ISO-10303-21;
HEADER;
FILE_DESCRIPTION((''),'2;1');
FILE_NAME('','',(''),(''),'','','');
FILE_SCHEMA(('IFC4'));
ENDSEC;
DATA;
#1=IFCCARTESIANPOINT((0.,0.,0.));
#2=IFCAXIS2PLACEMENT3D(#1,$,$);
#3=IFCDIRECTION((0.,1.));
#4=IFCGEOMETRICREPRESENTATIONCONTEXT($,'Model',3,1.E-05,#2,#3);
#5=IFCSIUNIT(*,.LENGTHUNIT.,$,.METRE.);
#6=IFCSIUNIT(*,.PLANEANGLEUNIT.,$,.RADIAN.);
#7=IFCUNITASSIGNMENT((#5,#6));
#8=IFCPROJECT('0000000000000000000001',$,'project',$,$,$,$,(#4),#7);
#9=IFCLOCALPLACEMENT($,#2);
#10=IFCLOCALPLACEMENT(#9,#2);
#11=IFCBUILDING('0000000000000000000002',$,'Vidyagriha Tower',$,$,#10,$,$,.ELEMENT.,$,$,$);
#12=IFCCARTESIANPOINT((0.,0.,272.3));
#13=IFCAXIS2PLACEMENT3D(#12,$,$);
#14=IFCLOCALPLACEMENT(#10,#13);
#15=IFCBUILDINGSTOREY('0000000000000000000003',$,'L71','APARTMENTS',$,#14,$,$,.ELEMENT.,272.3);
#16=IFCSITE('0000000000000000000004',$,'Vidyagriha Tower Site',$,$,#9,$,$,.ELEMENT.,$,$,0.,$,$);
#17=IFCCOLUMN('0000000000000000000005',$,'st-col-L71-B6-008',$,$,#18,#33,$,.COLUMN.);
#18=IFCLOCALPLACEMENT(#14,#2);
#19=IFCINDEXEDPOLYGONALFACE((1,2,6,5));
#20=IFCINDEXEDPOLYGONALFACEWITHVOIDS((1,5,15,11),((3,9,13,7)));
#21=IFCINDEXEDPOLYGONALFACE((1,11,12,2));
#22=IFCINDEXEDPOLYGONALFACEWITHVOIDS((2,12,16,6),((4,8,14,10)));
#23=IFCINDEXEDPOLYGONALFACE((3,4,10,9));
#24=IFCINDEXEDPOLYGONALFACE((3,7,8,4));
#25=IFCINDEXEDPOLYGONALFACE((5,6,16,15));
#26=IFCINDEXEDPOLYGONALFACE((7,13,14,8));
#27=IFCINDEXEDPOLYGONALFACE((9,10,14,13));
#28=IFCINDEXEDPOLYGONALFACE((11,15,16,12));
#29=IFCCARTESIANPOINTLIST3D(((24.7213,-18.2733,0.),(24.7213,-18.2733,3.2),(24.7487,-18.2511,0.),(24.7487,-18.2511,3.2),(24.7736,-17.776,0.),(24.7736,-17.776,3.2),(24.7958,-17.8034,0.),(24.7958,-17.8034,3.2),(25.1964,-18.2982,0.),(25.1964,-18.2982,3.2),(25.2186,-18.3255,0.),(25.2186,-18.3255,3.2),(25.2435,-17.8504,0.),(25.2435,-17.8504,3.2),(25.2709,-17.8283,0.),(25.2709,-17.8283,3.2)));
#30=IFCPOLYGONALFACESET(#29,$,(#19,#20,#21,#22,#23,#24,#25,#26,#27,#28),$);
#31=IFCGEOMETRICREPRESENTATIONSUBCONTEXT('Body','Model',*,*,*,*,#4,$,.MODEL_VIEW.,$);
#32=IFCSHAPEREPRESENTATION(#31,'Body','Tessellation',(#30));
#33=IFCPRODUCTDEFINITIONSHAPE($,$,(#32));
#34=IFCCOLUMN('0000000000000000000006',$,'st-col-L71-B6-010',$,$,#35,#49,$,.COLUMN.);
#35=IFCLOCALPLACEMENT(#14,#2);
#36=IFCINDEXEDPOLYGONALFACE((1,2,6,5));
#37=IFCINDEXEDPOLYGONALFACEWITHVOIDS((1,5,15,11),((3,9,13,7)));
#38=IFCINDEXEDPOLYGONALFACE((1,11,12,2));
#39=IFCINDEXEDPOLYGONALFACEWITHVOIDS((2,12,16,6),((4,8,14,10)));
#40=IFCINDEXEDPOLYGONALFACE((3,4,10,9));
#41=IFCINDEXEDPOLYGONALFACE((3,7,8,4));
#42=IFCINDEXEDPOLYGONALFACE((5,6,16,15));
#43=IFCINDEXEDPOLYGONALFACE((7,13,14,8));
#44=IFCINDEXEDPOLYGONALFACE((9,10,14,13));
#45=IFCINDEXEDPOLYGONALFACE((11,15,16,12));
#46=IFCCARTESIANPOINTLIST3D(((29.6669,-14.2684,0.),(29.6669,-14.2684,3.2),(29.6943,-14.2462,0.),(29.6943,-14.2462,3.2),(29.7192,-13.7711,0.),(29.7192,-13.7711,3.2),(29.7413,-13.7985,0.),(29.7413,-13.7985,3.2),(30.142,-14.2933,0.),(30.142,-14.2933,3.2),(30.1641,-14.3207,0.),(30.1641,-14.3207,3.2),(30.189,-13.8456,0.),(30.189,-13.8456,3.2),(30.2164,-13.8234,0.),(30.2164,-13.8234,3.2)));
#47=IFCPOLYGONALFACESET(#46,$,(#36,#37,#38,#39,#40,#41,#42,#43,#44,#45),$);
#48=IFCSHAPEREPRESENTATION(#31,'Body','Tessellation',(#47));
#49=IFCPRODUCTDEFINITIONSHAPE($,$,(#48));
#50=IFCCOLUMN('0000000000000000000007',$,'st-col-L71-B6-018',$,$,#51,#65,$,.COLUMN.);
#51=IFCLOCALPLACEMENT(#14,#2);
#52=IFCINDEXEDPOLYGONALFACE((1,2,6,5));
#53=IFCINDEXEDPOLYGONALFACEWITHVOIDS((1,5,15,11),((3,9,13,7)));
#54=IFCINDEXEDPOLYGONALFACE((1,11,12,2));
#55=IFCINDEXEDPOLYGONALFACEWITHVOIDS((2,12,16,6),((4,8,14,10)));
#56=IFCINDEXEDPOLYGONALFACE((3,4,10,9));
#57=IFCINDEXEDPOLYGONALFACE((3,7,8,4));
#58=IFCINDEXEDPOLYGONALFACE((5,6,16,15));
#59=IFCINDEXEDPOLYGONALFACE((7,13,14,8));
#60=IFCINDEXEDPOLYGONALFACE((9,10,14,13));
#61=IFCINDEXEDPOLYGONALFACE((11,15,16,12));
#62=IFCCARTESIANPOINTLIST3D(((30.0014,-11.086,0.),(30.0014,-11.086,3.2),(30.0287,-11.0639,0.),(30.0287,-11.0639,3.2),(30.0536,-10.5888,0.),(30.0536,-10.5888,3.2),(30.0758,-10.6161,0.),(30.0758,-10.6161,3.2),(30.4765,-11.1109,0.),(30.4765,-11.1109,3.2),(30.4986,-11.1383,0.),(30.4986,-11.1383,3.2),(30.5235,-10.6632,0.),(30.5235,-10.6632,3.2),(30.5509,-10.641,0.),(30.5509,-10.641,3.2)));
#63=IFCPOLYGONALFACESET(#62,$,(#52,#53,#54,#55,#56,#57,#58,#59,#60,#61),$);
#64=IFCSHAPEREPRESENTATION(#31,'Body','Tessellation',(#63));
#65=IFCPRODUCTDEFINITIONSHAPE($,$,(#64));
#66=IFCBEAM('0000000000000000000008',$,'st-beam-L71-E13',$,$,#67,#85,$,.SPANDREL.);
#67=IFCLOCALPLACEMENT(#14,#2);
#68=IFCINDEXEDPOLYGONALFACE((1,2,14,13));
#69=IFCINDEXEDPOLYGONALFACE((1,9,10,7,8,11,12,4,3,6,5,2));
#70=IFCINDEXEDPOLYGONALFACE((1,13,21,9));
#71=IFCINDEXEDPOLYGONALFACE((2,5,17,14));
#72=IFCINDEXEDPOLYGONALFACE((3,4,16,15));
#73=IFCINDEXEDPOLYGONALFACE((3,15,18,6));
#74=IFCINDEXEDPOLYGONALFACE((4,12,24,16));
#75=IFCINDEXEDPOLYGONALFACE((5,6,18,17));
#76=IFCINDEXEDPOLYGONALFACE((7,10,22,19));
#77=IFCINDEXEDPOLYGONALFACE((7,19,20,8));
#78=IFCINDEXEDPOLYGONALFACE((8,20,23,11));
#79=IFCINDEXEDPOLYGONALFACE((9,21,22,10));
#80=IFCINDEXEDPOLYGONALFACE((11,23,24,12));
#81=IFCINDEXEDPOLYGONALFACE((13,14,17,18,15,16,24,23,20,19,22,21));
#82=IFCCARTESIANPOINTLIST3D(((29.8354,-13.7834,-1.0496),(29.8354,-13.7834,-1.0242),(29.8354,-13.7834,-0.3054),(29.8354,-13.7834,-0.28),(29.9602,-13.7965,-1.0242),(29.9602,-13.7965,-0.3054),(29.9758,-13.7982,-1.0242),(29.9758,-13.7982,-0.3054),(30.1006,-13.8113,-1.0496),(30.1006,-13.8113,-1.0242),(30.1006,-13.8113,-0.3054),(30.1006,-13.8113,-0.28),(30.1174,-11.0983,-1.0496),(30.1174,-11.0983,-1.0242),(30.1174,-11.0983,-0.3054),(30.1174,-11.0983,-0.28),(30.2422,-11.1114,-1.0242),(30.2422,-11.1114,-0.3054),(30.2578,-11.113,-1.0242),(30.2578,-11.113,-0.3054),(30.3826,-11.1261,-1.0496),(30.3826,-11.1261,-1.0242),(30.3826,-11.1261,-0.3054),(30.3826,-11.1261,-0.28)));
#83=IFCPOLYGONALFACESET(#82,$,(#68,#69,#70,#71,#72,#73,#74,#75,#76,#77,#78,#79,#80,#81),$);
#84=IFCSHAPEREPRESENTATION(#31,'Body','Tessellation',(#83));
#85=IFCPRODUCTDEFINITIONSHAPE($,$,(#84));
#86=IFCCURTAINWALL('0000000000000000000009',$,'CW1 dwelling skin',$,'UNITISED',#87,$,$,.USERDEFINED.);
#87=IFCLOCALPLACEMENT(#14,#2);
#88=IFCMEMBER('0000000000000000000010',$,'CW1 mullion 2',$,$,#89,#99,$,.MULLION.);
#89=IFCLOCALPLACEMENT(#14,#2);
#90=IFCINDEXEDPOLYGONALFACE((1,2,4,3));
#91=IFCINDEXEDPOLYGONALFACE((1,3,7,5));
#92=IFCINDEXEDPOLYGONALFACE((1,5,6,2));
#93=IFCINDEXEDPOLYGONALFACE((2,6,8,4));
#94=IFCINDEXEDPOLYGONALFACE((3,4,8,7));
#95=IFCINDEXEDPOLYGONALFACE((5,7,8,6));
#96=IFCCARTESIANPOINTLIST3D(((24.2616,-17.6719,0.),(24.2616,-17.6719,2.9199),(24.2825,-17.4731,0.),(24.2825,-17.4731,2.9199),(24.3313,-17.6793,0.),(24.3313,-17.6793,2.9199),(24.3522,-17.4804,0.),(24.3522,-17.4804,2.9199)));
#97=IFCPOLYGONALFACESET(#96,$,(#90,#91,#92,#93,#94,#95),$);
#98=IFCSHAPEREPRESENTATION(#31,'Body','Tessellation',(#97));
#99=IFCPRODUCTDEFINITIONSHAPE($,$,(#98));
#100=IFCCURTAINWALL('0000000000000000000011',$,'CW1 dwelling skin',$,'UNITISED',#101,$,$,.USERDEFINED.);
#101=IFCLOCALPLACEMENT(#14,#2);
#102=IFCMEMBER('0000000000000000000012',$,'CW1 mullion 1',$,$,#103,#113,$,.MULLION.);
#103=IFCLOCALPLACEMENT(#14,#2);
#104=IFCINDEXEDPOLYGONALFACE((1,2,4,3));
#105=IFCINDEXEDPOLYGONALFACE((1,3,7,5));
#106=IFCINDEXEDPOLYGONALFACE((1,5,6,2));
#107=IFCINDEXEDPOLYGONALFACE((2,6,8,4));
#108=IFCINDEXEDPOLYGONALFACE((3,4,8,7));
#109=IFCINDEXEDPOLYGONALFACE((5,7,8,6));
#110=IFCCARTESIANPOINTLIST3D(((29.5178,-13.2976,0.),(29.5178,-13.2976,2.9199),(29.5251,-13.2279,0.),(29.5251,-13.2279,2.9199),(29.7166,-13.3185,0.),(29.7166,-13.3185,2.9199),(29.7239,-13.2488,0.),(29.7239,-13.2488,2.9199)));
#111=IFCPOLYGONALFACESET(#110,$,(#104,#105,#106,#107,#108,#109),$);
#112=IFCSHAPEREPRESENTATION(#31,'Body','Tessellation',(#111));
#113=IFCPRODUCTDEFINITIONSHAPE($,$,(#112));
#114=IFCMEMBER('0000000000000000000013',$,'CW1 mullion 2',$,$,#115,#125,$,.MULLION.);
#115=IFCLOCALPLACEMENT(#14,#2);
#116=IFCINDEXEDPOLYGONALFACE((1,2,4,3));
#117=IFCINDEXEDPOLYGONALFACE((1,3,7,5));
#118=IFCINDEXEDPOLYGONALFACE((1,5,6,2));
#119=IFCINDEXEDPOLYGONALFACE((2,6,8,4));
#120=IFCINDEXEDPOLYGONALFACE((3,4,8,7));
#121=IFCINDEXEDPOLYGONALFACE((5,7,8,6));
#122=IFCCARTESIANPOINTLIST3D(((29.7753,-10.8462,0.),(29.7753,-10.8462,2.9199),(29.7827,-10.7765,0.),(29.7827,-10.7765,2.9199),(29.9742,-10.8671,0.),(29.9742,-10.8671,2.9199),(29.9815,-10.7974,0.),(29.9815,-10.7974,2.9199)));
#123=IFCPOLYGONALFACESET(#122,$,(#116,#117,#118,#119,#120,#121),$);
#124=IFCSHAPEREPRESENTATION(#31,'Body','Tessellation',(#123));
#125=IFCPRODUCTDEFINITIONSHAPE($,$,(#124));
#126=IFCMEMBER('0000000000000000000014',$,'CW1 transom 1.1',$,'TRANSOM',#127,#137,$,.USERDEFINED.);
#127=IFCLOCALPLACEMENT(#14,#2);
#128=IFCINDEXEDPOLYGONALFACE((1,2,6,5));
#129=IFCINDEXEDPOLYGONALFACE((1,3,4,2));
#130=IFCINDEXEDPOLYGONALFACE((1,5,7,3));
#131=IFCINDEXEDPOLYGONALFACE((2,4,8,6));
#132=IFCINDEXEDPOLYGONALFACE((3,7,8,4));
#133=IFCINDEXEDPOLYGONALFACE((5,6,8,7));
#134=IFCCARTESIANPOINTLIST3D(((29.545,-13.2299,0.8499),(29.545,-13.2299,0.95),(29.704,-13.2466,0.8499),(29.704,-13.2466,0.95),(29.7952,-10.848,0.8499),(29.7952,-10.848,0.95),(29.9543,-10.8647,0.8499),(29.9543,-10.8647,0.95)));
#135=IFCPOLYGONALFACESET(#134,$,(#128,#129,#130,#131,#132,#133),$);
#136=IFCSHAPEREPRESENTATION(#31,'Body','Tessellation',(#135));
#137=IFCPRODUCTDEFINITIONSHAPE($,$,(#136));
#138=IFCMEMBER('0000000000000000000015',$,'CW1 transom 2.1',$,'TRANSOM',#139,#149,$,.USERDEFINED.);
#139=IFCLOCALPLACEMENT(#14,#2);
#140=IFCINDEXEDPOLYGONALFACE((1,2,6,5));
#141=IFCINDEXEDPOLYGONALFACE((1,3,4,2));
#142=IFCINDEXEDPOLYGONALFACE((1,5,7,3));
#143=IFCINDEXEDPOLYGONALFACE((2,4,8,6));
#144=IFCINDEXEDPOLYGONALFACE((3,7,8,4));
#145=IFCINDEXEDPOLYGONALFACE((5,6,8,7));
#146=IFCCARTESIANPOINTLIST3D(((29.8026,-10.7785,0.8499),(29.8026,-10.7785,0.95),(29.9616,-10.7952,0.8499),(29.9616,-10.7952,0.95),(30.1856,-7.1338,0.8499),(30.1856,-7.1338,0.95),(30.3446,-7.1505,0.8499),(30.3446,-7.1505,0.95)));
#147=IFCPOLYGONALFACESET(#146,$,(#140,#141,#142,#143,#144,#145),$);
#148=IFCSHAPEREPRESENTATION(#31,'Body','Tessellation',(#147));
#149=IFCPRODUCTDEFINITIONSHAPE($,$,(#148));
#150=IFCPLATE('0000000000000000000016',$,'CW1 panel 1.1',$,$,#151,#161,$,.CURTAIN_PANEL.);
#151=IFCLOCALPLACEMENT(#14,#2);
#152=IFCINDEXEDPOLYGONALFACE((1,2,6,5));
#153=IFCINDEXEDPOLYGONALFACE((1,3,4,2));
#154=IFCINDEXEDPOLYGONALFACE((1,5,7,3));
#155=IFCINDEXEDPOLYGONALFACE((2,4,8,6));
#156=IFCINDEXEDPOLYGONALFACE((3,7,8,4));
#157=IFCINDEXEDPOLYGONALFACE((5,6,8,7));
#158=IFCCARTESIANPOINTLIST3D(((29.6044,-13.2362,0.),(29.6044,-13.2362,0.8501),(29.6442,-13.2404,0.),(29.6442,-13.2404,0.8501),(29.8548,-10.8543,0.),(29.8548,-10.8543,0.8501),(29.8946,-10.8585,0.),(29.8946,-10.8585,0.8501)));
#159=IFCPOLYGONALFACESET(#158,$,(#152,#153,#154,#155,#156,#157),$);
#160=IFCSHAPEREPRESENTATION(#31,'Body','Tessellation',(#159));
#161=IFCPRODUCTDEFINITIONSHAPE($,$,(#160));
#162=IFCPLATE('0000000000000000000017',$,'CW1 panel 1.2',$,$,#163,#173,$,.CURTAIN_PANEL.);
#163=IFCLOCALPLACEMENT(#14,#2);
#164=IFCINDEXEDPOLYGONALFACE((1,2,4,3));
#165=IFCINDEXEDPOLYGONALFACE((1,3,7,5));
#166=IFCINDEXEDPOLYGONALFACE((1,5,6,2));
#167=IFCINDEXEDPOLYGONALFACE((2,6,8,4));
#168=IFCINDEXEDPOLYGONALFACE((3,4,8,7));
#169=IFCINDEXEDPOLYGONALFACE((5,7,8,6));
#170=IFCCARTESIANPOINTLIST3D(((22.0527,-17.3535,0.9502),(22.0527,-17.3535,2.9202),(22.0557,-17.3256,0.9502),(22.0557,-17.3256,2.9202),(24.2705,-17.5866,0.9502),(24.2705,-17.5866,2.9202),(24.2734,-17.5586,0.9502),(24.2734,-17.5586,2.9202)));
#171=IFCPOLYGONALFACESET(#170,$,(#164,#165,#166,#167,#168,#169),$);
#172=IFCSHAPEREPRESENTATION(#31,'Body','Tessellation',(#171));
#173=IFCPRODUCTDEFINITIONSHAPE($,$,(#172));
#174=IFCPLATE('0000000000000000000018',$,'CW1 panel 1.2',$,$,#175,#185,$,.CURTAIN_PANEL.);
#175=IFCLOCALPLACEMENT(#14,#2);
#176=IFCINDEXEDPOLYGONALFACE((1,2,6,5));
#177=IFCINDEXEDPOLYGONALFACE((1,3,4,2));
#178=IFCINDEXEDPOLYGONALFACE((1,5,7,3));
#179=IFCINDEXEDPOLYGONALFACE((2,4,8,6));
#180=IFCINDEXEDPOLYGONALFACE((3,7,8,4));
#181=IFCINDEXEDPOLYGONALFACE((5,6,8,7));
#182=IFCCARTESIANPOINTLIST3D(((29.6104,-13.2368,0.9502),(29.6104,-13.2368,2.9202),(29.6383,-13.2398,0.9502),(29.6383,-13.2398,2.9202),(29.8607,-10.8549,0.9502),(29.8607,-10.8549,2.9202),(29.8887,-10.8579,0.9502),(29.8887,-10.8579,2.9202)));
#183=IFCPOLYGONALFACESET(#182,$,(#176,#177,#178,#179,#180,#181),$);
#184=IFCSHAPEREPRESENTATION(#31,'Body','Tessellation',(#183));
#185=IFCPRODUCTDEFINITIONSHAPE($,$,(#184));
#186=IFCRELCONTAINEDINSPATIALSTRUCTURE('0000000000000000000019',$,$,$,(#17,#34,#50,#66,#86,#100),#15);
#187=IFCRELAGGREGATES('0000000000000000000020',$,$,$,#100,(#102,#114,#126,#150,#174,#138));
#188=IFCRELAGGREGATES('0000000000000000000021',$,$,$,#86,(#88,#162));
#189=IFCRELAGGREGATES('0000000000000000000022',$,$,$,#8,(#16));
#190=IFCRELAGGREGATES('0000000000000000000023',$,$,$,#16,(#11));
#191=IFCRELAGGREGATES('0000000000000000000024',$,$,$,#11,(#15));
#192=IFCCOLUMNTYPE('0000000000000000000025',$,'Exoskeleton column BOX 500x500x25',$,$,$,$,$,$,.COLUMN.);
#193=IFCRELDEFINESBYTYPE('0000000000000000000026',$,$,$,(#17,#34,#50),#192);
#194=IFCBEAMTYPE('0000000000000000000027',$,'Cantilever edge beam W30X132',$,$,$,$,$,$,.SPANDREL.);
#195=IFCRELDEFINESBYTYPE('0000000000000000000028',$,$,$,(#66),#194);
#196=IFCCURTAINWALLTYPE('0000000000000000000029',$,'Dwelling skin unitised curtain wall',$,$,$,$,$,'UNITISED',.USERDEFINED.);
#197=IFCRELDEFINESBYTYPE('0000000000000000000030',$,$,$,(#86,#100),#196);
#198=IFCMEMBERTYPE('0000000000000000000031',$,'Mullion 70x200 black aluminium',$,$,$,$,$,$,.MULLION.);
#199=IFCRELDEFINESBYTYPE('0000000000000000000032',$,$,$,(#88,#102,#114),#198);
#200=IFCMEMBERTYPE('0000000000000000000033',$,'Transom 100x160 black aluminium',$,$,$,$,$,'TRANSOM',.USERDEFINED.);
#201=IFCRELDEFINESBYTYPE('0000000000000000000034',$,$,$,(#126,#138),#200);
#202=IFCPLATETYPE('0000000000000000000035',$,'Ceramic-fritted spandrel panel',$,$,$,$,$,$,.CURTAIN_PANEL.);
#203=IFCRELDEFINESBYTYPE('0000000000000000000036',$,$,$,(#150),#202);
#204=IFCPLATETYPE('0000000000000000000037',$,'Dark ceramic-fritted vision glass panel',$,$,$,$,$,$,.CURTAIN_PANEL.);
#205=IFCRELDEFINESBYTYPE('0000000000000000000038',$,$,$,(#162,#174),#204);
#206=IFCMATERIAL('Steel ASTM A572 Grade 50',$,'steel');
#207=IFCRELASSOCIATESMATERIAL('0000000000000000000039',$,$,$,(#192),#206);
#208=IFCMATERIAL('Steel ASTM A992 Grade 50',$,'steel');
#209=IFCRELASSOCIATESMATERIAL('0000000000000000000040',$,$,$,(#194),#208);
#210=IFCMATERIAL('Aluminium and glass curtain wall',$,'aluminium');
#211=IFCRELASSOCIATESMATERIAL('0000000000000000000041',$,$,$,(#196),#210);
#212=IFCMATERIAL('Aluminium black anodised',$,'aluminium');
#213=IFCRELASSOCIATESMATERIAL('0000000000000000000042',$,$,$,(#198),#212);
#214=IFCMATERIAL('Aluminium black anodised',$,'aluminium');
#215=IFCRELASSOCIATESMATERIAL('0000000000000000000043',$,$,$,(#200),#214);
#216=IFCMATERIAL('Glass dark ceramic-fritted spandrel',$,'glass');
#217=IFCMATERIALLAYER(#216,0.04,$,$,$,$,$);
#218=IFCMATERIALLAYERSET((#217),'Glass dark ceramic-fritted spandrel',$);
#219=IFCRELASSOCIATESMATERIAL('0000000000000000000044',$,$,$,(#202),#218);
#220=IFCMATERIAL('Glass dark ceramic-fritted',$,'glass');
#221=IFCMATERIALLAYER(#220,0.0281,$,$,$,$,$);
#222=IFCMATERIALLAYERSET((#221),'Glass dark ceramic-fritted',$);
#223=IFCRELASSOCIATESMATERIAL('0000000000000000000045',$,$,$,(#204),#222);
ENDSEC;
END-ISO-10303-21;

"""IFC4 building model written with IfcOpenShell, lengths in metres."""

from ifc_helpers import new_model, si_unit, direction, frame, origin, origin_2d, place, context, subcontext, project, spatial, rectangle, hollow_rectangle, i_section, extrude, material, layer, layer_set, material_profile, profile_set, type_object, element, aggregate, save


model = new_model("IFC4")

# Units and contexts
model_context = context("Model", 3, precision=1e-05, world=origin(), true_north=direction((0.0, 1.0)))
body_context = subcontext(model_context, "Body", "Model", "MODEL_VIEW")
ifc_project = project(units=[si_unit("LENGTHUNIT", "METRE"), si_unit("PLANEANGLEUNIT", "RADIAN")], contexts=[model_context])

# Site, building, storey
site_placement = place(None, origin())
site = spatial("IfcSite", under=ifc_project, at=site_placement, Name="Vidyagriha Tower Site", CompositionType="ELEMENT", RefElevation=0.0)
building_placement = place(site_placement, origin())
building = spatial("IfcBuilding", under=site, at=building_placement, Name="Vidyagriha Tower", CompositionType="ELEMENT")
storey_placement = place(building_placement, frame((0.0, 0.0, 272.3)))
storey = spatial("IfcBuildingStorey", under=building, at=storey_placement, Name="L71", Description="APARTMENTS", CompositionType="ELEMENT", Elevation=272.3)

# Columns
ifc_material_1 = material(Name="Steel ASTM A572 Grade 50", Category="steel")
ifc_material_profile_1 = material_profile(ifc_material_1, hollow_rectangle(XDim=0.5, YDim=0.5, WallThickness=0.0249, at=origin_2d()), Name="BOX 500x500x25")
ifc_profile_set_1 = profile_set([ifc_material_profile_1], Name="Steel ASTM A572 Grade 50")
column_type = type_object("IfcColumnType", Name="Exoskeleton column BOX 500x500x25", PredefinedType="COLUMN", material=ifc_profile_set_1)
for number, where, z_axis, x_axis, name in (
    (1, (24.9961, -18.0508, 0.0), (0.0, 0.0, 1.0), (0.994522, -0.104528, 0.0), "st-col-L71-B6-008"),
    (2, (29.9417, -14.0459, 0.0), (0.0, 0.0, 1.0), (0.994522, -0.104528, 0.0), "st-col-L71-B6-010"),
    (3, (30.2761, -10.8635, 0.0), (0.0, 0.0, 1.0), (0.994522, -0.104528, 0.0), "st-col-L71-B6-018"),
):
    element("IfcColumn", number, at=place(storey_placement, frame(where, z_axis=z_axis, x_axis=x_axis)), inside=storey, type_object=column_type, Name=name, PredefinedType="COLUMN", context=body_context, shape_type="SweptSolid", body=[
        extrude(hollow_rectangle(XDim=0.5, YDim=0.5, WallThickness=0.0249, at=origin_2d()), origin(), (0.0, 0.0, 1.0), 3.2),
    ])

# Beam
ifc_material_2 = material(Name="Steel ASTM A992 Grade 50", Category="steel")
ifc_material_profile_2 = material_profile(ifc_material_2, i_section(OverallWidth=0.2666, OverallDepth=0.7695, WebThickness=0.0156, FlangeThickness=0.0254, at=origin_2d()), Name="W30X132")
ifc_profile_set_2 = profile_set([ifc_material_profile_2], Name="Steel ASTM A992 Grade 50")
beam_type = type_object("IfcBeamType", Name="Cantilever edge beam W30X132", PredefinedType="SPANDREL", material=ifc_profile_set_2)
beam_placement = place(storey_placement, frame((29.968, -13.7974, -0.6648), z_axis=(0.104435, 0.994532, 0.0), x_axis=(-0.994532, 0.104435, 0.0)))
element("IfcBeam", 4, at=beam_placement, inside=storey, type_object=beam_type, Name="st-beam-L71-E13", PredefinedType="SPANDREL", context=body_context, shape_type="SweptSolid", body=[
    extrude(i_section(OverallWidth=0.2666, OverallDepth=0.7695, WebThickness=0.0156, FlangeThickness=0.0254, at=origin_2d()), origin(), (0.0, 0.0, 1.0), 2.7),
])

# Curtain wall, member
ifc_material_3 = material(Name="Aluminium and glass curtain wall", Category="aluminium")
curtain_wall_type = type_object("IfcCurtainWallType", Name="Dwelling skin unitised curtain wall", ElementType="UNITISED", PredefinedType="USERDEFINED", material=ifc_material_3)
curtain_wall_1_placement = place(storey_placement, origin())
curtain_wall_1 = element("IfcCurtainWall", 5, at=curtain_wall_1_placement, inside=storey, type_object=curtain_wall_type, Name="CW1 dwelling skin", ObjectType="UNITISED", PredefinedType="USERDEFINED")
ifc_material_4 = material(Name="Aluminium black anodised", Category="aluminium")
ifc_material_profile_3 = material_profile(ifc_material_4, rectangle(XDim=0.2, YDim=0.0701, at=origin_2d()), Name="Mullion 70x200 black aluminium")
ifc_profile_set_3 = profile_set([ifc_material_profile_3], Name="Aluminium black anodised")
member_type_1 = type_object("IfcMemberType", Name="Mullion 70x200 black aluminium", PredefinedType="MULLION", material=ifc_profile_set_3)
member_1_placement = place(storey_placement, frame((24.3069, -17.5762, 0.0), z_axis=(0.0, 0.0, 1.0), x_axis=(0.104522, 0.994523, 0.0)))
member_1 = element("IfcMember", 6, at=member_1_placement, type_object=member_type_1, Name="CW1 mullion 2", PredefinedType="MULLION", context=body_context, shape_type="SweptSolid", body=[
    extrude(rectangle(XDim=0.2, YDim=0.0701, at=origin_2d()), origin(), (0.0, 0.0, 1.0), 2.9199),
])

# Curtain wall, members, plate
curtain_wall_2_placement = place(storey_placement, origin())
curtain_wall_2 = element("IfcCurtainWall", 7, at=curtain_wall_2_placement, inside=storey, type_object=curtain_wall_type, Name="CW1 dwelling skin", ObjectType="UNITISED", PredefinedType="USERDEFINED")
member_2_placement = place(storey_placement, frame((29.6208, -13.2732, 0.0), z_axis=(0.0, 0.0, 1.0), x_axis=(-0.994521, 0.104533, 0.0)))
member_2 = element("IfcMember", 8, at=member_2_placement, type_object=member_type_1, Name="CW1 mullion 1", PredefinedType="MULLION", context=body_context, shape_type="SweptSolid", body=[
    extrude(rectangle(XDim=0.2, YDim=0.0701, at=origin_2d()), origin(), (0.0, 0.0, 1.0), 2.9199),
])
member_3_placement = place(storey_placement, frame((29.8784, -10.8218, 0.0), z_axis=(0.0, 0.0, 1.0), x_axis=(-0.994521, 0.104533, 0.0)))
member_3 = element("IfcMember", 9, at=member_3_placement, type_object=member_type_1, Name="CW1 mullion 2", PredefinedType="MULLION", context=body_context, shape_type="SweptSolid", body=[
    extrude(rectangle(XDim=0.2, YDim=0.0701, at=origin_2d()), origin(), (0.0, 0.0, 1.0), 2.9199),
])
ifc_material_5 = material(Name="Aluminium black anodised", Category="aluminium")
ifc_material_profile_4 = material_profile(ifc_material_5, rectangle(XDim=0.1599, YDim=0.1001, at=origin_2d()), Name="Transom 100x160 black aluminium")
ifc_profile_set_4 = profile_set([ifc_material_profile_4], Name="Aluminium black anodised")
member_type_2 = type_object("IfcMemberType", Name="Transom 100x160 black aluminium", ElementType="TRANSOM", PredefinedType="USERDEFINED", material=ifc_profile_set_4)
member_4_placement = place(storey_placement, frame((29.6245, -13.2383, 0.8999), z_axis=(0.104488, 0.994526, 0.0), x_axis=(-0.994526, 0.104488, 0.0)))
member_4 = element("IfcMember", 10, at=member_4_placement, type_object=member_type_2, Name="CW1 transom 1.1", ObjectType="TRANSOM", PredefinedType="USERDEFINED", context=body_context, shape_type="SweptSolid", body=[
    extrude(rectangle(XDim=0.1599, YDim=0.1001, at=origin_2d()), origin(), (0.0, 0.0, 1.0), 2.395),
])
member_5_placement = place(storey_placement, frame((29.8821, -10.7869, 0.8999), z_axis=(0.104522, 0.994523, 0.0), x_axis=(-0.994523, 0.104522, 0.0)))
member_5 = element("IfcMember", 11, at=member_5_placement, type_object=member_type_2, Name="CW1 transom 2.1", ObjectType="TRANSOM", PredefinedType="USERDEFINED", context=body_context, shape_type="SweptSolid", body=[
    extrude(rectangle(XDim=0.1599, YDim=0.1001, at=origin_2d()), origin(), (0.0, 0.0, 1.0), 3.6648),
])
ifc_material_6 = material(Name="Glass dark ceramic-fritted spandrel", Category="glass")
ifc_layer_1 = layer(ifc_material_6, 0.04)
ifc_layer_set_1 = layer_set([ifc_layer_1], Name="Glass dark ceramic-fritted spandrel")
plate_type_1 = type_object("IfcPlateType", Name="Ceramic-fritted spandrel panel", PredefinedType="CURTAIN_PANEL", material=ifc_layer_set_1)
plate_1_placement = place(storey_placement, frame((29.7495, -12.0474, 0.0), z_axis=(0.0, 0.0, 1.0), x_axis=(0.104533, 0.994521, 0.0)))
plate_1 = element("IfcPlate", 12, at=plate_1_placement, type_object=plate_type_1, Name="CW1 panel 1.1", PredefinedType="CURTAIN_PANEL", context=body_context, shape_type="SweptSolid", body=[
    extrude(rectangle(XDim=2.395, YDim=0.04, at=origin_2d()), origin(), (0.0, 0.0, 1.0), 0.8501),
])

# Plates
ifc_material_7 = material(Name="Glass dark ceramic-fritted", Category="glass")
ifc_layer_2 = layer(ifc_material_7, 0.0281)
ifc_layer_set_2 = layer_set([ifc_layer_2], Name="Glass dark ceramic-fritted")
plate_type_2 = type_object("IfcPlateType", Name="Dark ceramic-fritted vision glass panel", PredefinedType="CURTAIN_PANEL", material=ifc_layer_set_2)
plate_2_placement = place(storey_placement, frame((23.1631, -17.4561, 0.9502), z_axis=(0.0, 0.0, 1.0), x_axis=(0.994523, -0.104522, 0.0)))
plate_2 = element("IfcPlate", 13, at=plate_2_placement, type_object=plate_type_2, Name="CW1 panel 1.2", PredefinedType="CURTAIN_PANEL", context=body_context, shape_type="SweptSolid", body=[
    extrude(rectangle(XDim=2.23, YDim=0.0281, at=origin_2d()), origin(), (0.0, 0.0, 1.0), 1.97),
])
plate_3_placement = place(storey_placement, frame((29.7495, -12.0474, 0.9502), z_axis=(0.0, 0.0, 1.0), x_axis=(0.104533, 0.994521, 0.0)))
plate_3 = element("IfcPlate", 14, at=plate_3_placement, type_object=plate_type_2, Name="CW1 panel 1.2", PredefinedType="CURTAIN_PANEL", context=body_context, shape_type="SweptSolid", body=[
    extrude(rectangle(XDim=2.395, YDim=0.0281, at=origin_2d()), origin(), (0.0, 0.0, 1.0), 1.97),
])
aggregate(curtain_wall_2, [member_2, member_3, member_4, plate_1, plate_3, member_5])
aggregate(curtain_wall_1, [member_1, plate_2])

save(model, "model.ifc")
